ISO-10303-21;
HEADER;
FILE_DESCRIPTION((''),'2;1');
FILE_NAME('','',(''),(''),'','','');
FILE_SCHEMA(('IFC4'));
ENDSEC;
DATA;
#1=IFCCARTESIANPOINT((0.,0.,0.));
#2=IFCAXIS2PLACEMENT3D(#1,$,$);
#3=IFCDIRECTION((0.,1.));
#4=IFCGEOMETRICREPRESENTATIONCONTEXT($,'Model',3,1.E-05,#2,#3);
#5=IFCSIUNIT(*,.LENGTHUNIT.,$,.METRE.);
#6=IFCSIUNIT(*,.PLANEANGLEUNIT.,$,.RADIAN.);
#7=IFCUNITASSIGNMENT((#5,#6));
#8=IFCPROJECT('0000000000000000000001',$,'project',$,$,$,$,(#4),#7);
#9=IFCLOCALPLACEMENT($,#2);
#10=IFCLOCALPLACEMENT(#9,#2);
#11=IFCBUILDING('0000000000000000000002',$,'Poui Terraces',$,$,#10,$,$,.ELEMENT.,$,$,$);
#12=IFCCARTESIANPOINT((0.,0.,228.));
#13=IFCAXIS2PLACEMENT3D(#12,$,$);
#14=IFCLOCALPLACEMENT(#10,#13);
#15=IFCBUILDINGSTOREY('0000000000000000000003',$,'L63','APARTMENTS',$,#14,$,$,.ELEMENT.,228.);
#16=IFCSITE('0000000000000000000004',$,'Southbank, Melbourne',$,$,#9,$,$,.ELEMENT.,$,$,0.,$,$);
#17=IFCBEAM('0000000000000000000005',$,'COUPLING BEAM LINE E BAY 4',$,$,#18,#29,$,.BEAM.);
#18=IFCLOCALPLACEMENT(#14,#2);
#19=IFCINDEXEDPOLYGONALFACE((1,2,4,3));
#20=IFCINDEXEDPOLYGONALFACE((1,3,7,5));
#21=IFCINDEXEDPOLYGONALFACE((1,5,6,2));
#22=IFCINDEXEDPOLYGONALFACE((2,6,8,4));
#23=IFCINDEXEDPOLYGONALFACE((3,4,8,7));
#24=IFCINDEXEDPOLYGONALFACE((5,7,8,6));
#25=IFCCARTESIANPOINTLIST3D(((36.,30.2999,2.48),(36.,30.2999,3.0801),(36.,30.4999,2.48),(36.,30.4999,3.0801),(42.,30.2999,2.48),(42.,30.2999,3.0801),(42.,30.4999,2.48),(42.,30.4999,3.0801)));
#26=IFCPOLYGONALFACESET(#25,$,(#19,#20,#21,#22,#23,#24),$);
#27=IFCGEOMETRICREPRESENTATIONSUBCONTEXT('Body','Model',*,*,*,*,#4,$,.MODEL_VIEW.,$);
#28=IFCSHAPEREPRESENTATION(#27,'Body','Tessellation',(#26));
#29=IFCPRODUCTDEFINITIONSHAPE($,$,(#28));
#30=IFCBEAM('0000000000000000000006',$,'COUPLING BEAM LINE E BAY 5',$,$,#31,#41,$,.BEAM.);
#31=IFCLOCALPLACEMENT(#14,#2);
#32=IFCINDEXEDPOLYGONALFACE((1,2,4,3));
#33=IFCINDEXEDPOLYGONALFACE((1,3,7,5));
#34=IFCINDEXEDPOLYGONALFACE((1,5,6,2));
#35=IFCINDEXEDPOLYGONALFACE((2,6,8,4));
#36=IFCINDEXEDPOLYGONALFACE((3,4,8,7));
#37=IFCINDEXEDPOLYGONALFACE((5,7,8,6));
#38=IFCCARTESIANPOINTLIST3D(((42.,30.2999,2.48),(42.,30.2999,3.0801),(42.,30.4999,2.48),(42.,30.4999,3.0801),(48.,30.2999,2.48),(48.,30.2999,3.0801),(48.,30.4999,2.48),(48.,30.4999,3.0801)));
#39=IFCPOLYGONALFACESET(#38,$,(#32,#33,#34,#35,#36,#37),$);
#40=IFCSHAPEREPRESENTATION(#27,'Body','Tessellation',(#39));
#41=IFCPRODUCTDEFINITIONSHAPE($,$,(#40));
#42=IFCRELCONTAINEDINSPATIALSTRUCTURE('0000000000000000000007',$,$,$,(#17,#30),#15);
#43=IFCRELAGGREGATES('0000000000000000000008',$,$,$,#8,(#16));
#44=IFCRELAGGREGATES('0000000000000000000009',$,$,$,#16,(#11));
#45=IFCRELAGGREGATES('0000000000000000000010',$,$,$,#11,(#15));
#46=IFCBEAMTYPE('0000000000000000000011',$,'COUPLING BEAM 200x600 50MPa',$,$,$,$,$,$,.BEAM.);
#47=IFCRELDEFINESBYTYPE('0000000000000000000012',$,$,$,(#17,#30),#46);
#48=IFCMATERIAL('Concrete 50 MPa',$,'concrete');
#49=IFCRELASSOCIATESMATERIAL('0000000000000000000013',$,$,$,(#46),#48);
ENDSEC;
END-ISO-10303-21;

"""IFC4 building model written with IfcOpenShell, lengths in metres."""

from ifc_helpers import new_model, si_unit, direction, frame, origin, origin_2d, place, context, subcontext, project, spatial, rectangle, extrude, source, transform, mapped, material, material_profile, profile_set, type_object, element, save


model = new_model("IFC4")

# Units and contexts
model_context = context("Model", 3, precision=1e-05, world=origin(), true_north=direction((0.0, 1.0)))
body_context = subcontext(model_context, "Body", "Model", "MODEL_VIEW")
ifc_project = project(units=[si_unit("LENGTHUNIT", "METRE"), si_unit("PLANEANGLEUNIT", "RADIAN")], contexts=[model_context])

# Site, building, storey
site_placement = place(None, origin())
site = spatial("IfcSite", under=ifc_project, at=site_placement, Name="Southbank, Melbourne", CompositionType="ELEMENT", RefElevation=0.0)
building_placement = place(site_placement, origin())
building = spatial("IfcBuilding", under=site, at=building_placement, Name="Poui Terraces", CompositionType="ELEMENT")
storey_placement = place(building_placement, frame((0.0, 0.0, 228.0)))
storey = spatial("IfcBuildingStorey", under=building, at=storey_placement, Name="L63", Description="APARTMENTS", CompositionType="ELEMENT", Elevation=228.0)

# Beams
ifc_material_1 = material(Name="Concrete 50 MPa", Category="concrete")
ifc_material_profile = material_profile(ifc_material_1, rectangle(XDim=0.2, YDim=0.6001, at=origin_2d()), Name="RC 200x600")
ifc_profile_set = profile_set([ifc_material_profile], Name="Concrete 50 MPa")
beam_type = type_object("IfcBeamType", Name="COUPLING BEAM 200x600 50MPa", PredefinedType="BEAM", material=ifc_profile_set)
shared_shape = source(origin(), body_context, "Body", "SweptSolid", [
    extrude(rectangle(XDim=0.2, YDim=0.6001, at=origin_2d()), origin(), (0.0, 0.0, 1.0), 6.0),
])
for number, where, z_axis, x_axis, name in (
    (1, (36.0, 30.3999, 2.78), (1.0, 0.0, 0.0), (0.0, 1.0, 0.0), "COUPLING BEAM LINE E BAY 4"),
    (2, (42.0, 30.3999, 2.78), (1.0, 0.0, 0.0), (0.0, 1.0, 0.0), "COUPLING BEAM LINE E BAY 5"),
):
    element("IfcBeam", number, at=place(storey_placement, frame(where, z_axis=z_axis, x_axis=x_axis)), inside=storey, type_object=beam_type, Name=name, PredefinedType="BEAM", context=body_context, shape_type="MappedRepresentation", body=[
        mapped(shared_shape, transform((0.0, 0.0, 0.0))),
    ])

save(model, "model.ifc")
